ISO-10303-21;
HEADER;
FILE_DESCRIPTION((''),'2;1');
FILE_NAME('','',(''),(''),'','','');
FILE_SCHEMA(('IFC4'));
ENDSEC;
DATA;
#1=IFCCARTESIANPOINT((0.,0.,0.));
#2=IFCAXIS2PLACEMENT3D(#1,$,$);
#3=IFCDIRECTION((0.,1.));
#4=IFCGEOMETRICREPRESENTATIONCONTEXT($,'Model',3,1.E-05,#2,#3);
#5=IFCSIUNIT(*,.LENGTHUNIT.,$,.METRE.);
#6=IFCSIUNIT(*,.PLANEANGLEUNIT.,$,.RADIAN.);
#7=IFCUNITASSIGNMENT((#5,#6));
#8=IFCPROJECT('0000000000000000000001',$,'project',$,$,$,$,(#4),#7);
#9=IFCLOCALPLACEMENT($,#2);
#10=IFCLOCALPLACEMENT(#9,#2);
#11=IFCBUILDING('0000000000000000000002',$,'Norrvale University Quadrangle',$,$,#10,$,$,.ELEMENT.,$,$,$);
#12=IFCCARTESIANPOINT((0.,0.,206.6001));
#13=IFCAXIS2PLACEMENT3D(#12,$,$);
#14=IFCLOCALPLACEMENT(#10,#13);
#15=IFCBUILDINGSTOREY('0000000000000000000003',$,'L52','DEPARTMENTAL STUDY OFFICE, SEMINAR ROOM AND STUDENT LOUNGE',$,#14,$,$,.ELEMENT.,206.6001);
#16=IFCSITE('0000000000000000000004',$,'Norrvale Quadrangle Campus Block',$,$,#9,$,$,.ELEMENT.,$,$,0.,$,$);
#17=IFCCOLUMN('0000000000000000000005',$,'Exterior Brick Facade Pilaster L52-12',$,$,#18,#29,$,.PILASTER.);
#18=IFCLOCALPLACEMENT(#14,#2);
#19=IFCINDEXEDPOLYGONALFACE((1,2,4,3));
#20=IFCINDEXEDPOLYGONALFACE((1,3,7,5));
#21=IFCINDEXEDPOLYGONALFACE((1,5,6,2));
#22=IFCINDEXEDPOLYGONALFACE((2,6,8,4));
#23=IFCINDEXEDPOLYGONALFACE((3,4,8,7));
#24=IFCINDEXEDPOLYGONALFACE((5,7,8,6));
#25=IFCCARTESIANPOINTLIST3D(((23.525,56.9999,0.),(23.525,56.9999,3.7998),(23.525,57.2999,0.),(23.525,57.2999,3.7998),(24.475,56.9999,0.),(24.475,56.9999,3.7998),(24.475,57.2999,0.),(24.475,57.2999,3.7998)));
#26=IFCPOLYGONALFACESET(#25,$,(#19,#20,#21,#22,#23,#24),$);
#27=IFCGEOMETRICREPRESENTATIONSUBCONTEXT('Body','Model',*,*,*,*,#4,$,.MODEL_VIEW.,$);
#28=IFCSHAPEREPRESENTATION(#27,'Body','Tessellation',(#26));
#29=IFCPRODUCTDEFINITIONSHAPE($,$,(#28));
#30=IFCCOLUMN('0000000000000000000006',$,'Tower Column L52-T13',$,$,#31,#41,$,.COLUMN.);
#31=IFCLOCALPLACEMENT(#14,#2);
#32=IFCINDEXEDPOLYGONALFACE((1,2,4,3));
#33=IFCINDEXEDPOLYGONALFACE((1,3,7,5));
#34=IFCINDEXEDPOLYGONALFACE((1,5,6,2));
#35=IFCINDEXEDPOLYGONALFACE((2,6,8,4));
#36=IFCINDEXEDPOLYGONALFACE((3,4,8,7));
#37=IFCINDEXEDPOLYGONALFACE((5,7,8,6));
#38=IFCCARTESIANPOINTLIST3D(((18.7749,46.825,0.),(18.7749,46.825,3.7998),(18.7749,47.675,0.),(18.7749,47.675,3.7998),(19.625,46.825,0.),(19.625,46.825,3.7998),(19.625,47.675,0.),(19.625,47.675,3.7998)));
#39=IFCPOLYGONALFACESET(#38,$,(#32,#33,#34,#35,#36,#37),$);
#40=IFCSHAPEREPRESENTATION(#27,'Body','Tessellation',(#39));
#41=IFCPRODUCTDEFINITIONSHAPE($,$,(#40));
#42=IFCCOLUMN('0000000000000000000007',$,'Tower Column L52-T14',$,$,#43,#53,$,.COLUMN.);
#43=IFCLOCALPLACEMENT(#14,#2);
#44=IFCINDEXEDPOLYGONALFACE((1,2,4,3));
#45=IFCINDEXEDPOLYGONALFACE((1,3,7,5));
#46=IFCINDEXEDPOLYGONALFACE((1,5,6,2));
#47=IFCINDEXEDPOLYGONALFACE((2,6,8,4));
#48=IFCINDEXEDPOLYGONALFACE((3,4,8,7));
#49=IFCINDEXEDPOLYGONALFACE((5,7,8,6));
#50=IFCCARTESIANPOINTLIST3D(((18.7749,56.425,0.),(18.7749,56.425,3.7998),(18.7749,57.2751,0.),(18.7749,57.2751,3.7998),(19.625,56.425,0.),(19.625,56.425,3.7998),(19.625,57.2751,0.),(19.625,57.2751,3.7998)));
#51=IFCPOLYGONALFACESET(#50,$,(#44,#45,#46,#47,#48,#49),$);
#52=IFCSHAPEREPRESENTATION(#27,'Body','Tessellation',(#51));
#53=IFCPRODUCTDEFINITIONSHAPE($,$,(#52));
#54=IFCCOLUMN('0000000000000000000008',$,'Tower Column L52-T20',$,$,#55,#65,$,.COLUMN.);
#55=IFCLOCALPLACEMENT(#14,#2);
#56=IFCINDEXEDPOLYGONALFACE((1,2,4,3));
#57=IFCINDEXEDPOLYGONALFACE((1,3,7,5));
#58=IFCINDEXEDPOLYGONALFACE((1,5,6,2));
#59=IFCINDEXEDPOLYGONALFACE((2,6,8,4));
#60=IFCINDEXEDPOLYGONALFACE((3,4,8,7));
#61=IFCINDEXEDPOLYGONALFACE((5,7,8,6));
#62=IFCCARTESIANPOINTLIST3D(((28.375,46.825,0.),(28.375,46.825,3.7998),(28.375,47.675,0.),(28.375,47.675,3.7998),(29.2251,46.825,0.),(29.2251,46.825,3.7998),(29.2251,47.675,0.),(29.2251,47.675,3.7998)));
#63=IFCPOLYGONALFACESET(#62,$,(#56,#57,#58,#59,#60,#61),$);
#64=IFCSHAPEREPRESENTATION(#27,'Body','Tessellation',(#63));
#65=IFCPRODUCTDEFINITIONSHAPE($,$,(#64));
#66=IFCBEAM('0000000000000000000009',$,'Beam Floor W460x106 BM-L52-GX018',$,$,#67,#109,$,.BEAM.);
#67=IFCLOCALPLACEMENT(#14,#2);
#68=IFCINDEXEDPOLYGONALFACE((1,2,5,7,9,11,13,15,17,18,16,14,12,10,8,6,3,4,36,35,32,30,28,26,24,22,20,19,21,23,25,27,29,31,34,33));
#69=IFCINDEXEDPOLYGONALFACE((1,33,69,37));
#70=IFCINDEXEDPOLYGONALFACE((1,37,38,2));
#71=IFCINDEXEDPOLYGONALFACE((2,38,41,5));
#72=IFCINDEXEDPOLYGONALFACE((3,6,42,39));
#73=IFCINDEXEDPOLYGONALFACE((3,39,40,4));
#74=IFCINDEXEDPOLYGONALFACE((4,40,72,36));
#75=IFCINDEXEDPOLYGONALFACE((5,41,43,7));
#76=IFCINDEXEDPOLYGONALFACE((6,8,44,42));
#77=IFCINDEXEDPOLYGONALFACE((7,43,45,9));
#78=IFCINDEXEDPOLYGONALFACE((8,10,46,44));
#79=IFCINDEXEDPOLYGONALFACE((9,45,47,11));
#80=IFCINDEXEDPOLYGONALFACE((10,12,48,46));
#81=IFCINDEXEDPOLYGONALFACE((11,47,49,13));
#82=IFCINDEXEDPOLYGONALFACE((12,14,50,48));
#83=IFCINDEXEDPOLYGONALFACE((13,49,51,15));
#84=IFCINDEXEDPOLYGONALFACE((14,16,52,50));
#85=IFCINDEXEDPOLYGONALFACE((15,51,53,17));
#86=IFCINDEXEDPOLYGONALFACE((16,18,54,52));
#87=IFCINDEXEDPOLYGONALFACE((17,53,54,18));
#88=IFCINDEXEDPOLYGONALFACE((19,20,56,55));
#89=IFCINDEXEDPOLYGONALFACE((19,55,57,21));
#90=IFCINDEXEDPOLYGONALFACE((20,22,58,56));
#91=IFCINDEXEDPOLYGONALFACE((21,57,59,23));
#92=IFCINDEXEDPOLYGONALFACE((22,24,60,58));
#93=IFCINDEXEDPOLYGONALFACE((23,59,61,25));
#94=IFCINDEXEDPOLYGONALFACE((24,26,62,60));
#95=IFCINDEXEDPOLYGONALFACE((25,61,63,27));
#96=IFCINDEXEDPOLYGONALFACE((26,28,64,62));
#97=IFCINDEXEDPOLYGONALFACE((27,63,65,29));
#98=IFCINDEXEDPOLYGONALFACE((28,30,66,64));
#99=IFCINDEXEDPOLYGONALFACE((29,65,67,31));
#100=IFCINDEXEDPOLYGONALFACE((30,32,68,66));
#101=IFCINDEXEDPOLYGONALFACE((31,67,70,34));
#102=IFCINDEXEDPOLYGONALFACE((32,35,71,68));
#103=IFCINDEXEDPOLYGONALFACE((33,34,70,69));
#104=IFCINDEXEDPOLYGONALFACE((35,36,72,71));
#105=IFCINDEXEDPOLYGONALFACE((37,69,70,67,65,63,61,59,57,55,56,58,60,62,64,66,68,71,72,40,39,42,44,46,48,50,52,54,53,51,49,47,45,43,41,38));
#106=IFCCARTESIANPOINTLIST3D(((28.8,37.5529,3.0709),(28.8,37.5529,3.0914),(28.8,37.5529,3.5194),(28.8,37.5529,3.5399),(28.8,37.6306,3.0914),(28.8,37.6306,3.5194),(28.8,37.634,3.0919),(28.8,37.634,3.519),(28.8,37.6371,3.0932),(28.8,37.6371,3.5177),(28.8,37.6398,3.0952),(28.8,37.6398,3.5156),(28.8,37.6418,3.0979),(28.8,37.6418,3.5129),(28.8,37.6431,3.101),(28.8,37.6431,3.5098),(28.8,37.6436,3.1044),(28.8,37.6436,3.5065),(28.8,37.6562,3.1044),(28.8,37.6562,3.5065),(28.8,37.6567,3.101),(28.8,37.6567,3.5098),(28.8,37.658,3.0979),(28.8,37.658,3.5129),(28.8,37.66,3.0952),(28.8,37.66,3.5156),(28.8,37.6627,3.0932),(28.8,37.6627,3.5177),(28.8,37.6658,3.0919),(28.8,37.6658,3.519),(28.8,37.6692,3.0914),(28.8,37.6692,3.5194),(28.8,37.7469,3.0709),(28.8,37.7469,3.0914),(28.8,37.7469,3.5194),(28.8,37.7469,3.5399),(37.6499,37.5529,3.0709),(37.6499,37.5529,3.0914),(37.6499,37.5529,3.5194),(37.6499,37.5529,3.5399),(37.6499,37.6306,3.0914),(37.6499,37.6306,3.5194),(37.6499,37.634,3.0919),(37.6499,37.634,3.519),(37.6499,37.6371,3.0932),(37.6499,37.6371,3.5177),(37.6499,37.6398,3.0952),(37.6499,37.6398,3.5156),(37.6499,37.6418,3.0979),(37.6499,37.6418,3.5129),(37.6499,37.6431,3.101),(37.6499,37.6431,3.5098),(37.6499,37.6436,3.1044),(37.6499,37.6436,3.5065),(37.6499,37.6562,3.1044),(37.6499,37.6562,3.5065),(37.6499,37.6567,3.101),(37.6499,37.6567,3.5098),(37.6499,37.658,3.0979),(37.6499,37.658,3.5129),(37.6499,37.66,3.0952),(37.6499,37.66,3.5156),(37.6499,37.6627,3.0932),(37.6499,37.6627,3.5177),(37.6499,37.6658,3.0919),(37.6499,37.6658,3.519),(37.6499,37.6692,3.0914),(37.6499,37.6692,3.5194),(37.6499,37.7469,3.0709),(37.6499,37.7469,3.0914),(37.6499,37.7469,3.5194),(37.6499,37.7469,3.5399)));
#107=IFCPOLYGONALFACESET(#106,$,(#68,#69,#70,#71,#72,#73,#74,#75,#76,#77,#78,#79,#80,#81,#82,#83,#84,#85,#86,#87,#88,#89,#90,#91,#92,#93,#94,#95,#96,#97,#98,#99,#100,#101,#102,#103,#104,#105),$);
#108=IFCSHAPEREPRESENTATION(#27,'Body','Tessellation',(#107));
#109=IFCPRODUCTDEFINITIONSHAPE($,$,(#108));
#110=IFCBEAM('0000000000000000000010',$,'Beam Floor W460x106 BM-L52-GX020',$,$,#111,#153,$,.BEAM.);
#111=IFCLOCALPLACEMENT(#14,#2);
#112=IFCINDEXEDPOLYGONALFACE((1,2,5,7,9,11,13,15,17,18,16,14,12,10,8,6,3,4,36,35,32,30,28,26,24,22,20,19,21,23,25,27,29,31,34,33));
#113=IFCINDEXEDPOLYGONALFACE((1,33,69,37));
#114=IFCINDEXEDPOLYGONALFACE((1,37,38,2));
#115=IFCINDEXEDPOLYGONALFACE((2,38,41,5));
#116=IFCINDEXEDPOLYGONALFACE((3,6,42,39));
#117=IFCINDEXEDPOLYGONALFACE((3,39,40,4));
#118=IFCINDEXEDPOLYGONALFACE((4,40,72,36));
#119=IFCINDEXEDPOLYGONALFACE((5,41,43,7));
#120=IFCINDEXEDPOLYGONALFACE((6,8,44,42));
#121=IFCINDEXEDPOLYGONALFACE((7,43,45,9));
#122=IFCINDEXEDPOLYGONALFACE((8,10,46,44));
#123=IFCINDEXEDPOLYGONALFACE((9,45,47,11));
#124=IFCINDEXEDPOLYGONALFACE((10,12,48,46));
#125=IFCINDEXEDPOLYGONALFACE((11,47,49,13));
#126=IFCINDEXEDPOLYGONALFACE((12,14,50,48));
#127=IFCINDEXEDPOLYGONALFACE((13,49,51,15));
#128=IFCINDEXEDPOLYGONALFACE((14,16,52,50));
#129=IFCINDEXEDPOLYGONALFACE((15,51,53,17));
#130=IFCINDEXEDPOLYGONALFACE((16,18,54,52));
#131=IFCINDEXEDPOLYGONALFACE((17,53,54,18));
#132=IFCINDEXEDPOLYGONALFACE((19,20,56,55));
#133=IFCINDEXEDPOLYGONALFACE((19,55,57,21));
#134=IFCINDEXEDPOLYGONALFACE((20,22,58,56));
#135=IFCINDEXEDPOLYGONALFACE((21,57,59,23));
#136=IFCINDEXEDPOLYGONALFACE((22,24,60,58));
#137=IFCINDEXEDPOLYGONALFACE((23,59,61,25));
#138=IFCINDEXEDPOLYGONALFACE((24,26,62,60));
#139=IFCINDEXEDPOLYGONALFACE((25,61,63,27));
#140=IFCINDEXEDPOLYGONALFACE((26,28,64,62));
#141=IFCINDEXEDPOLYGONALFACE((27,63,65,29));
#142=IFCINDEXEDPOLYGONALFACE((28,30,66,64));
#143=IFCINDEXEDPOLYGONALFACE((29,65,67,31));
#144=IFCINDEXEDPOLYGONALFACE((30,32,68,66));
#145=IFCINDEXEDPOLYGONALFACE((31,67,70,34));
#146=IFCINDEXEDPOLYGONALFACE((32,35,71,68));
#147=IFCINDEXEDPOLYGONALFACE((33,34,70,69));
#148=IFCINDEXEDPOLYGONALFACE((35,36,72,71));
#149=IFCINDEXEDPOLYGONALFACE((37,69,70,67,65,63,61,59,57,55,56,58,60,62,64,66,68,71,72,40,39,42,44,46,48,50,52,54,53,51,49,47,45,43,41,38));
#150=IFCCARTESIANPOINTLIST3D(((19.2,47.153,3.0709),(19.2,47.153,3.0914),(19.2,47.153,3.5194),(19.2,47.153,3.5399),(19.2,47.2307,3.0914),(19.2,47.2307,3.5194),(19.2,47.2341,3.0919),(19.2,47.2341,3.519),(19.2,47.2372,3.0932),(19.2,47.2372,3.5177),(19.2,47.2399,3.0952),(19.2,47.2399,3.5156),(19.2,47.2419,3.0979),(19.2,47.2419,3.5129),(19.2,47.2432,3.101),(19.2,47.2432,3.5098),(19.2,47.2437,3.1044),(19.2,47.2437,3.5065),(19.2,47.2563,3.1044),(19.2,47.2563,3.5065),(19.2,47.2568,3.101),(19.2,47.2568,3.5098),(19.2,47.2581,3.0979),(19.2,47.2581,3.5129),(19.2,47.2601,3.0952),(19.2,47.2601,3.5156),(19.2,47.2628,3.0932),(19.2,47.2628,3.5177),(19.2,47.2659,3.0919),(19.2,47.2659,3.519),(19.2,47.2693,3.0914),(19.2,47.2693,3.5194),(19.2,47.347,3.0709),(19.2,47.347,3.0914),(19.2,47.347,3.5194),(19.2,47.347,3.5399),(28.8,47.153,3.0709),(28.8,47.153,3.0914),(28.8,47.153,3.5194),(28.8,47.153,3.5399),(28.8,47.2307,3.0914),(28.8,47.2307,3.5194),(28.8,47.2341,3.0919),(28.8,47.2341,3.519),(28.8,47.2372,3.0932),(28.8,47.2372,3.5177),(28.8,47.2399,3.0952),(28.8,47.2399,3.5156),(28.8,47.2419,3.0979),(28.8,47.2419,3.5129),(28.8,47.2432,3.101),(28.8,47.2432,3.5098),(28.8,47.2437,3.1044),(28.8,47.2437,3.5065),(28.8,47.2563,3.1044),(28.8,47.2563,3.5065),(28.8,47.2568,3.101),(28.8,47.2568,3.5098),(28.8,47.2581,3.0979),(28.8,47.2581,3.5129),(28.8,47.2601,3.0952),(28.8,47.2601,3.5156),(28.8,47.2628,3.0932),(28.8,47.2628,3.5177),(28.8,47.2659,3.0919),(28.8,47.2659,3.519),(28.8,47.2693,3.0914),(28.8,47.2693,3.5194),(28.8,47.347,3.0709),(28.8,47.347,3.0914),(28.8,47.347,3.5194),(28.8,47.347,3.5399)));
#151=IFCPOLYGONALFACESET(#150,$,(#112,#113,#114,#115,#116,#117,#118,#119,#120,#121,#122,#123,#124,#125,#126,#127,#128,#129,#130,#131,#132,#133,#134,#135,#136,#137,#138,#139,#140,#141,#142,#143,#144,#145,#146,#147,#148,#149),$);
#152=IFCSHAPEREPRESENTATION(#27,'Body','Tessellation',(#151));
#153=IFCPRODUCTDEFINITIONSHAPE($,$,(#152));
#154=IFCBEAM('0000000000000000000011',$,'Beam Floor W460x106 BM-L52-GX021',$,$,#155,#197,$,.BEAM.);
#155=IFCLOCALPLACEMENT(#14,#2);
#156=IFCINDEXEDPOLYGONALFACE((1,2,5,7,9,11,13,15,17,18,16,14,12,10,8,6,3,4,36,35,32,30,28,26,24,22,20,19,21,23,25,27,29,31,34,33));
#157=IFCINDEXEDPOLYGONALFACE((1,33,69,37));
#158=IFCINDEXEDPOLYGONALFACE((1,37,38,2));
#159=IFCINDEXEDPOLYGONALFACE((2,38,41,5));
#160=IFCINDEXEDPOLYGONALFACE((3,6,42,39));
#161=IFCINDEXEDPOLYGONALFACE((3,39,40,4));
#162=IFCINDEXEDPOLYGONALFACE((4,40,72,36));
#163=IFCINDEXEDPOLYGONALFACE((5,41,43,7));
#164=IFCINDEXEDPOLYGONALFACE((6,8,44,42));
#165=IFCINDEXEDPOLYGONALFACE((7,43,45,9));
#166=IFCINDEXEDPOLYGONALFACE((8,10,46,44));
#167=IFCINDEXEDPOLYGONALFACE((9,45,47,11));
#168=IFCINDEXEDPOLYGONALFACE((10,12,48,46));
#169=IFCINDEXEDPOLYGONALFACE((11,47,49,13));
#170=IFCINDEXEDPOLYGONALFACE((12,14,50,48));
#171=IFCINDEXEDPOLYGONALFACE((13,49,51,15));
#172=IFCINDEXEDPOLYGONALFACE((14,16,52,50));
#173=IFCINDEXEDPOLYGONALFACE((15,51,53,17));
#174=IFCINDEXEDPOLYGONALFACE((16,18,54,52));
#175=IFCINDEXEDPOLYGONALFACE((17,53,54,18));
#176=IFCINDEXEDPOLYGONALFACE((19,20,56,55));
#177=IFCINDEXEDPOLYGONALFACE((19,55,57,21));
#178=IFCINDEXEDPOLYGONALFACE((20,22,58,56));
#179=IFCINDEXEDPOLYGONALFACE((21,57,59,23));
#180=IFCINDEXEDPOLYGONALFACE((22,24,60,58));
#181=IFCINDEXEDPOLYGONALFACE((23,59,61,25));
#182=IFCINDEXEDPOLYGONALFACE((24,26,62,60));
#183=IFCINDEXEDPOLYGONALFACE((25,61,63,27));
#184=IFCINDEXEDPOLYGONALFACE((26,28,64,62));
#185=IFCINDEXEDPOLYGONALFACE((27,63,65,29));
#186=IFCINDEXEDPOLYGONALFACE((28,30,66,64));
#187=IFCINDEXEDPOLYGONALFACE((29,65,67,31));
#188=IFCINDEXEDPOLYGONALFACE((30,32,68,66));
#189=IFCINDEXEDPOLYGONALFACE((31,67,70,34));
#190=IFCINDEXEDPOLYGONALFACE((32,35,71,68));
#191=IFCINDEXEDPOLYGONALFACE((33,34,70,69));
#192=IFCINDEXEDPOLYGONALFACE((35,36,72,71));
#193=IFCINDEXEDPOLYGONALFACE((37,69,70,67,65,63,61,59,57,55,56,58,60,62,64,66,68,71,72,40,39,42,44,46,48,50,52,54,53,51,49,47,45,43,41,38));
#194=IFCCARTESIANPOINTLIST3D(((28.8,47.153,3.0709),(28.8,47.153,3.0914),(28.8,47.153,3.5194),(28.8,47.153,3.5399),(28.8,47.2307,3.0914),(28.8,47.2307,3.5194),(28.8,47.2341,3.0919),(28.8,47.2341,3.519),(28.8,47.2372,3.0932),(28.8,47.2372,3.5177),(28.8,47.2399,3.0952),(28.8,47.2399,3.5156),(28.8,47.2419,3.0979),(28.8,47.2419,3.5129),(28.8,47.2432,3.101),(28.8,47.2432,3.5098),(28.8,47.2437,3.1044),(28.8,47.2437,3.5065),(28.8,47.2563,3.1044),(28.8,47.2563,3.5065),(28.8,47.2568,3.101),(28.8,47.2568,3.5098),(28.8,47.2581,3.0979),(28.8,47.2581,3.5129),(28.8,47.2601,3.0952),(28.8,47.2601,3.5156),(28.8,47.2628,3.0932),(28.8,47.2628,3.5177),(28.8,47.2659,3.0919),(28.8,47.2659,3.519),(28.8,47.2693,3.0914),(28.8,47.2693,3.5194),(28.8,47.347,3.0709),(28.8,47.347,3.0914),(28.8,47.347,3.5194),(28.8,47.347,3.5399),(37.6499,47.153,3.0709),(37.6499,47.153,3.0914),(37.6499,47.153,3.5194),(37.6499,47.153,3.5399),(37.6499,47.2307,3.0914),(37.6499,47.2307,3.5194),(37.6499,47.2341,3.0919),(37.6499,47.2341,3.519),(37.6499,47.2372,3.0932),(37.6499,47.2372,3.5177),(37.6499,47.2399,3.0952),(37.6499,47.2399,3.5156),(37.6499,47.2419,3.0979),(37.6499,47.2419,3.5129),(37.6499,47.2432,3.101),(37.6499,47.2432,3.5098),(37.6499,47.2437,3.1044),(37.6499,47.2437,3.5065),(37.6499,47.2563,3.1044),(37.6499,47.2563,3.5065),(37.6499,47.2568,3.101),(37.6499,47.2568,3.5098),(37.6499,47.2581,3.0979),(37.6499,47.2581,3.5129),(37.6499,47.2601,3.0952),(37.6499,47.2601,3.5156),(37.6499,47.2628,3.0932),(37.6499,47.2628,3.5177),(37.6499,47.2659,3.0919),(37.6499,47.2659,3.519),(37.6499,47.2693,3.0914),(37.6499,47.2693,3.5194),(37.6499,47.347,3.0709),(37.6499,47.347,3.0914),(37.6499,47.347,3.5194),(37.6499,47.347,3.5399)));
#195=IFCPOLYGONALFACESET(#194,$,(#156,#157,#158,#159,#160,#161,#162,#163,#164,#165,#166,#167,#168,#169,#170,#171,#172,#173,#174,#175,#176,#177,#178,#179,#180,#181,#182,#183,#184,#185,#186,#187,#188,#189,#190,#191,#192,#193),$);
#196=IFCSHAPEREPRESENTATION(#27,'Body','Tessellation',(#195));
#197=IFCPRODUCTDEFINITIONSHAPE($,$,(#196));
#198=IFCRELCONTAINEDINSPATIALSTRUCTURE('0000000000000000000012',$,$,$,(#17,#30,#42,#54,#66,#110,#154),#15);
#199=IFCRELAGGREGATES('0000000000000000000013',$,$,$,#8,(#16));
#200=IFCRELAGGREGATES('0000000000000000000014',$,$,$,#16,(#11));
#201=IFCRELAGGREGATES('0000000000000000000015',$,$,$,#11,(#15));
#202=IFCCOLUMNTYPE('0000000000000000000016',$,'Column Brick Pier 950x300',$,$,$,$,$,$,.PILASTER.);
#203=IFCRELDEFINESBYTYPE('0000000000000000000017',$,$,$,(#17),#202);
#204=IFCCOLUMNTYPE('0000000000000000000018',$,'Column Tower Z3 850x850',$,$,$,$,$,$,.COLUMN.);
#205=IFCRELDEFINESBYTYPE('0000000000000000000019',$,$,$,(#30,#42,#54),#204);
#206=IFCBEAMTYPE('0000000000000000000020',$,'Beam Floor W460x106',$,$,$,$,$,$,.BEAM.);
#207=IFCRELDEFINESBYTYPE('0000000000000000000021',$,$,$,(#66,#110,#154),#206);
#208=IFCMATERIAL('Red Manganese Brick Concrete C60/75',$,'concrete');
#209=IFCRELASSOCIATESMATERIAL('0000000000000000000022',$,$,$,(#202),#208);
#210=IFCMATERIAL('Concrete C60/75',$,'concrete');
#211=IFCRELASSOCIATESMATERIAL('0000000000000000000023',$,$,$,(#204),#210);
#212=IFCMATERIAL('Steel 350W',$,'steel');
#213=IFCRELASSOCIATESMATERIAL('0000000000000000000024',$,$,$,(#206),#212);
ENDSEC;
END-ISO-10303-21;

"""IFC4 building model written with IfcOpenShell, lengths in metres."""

from ifc_helpers import new_model, si_unit, direction, frame, origin, origin_2d, place, context, subcontext, project, spatial, rectangle, i_section, extrude, material, material_profile, profile_set, type_object, element, save


model = new_model("IFC4")

# Units and contexts
model_context = context("Model", 3, precision=1e-05, world=origin(), true_north=direction((0.0, 1.0)))
body_context = subcontext(model_context, "Body", "Model", "MODEL_VIEW")
ifc_project = project(units=[si_unit("LENGTHUNIT", "METRE"), si_unit("PLANEANGLEUNIT", "RADIAN")], contexts=[model_context])

# Site, building, storey
site_placement = place(None, origin())
site = spatial("IfcSite", under=ifc_project, at=site_placement, Name="Norrvale Quadrangle Campus Block", CompositionType="ELEMENT", RefElevation=0.0)
building_placement = place(site_placement, origin())
building = spatial("IfcBuilding", under=site, at=building_placement, Name="Norrvale University Quadrangle", CompositionType="ELEMENT")
storey_placement = place(building_placement, frame((0.0, 0.0, 206.6001)))
storey = spatial("IfcBuildingStorey", under=building, at=storey_placement, Name="L52", Description="DEPARTMENTAL STUDY OFFICE, SEMINAR ROOM AND STUDENT LOUNGE", CompositionType="ELEMENT", Elevation=206.6001)

# Columns
ifc_material_1 = material(Name="Red Manganese Brick Concrete C60/75", Category="concrete")
ifc_material_profile_1 = material_profile(ifc_material_1, rectangle(XDim=0.95, YDim=0.3, at=origin_2d()), Name="Red Manganese Brick Concrete C60/75")
ifc_profile_set_1 = profile_set([ifc_material_profile_1], Name="Red Manganese Brick Concrete C60/75")
column_type_1 = type_object("IfcColumnType", Name="Column Brick Pier 950x300", PredefinedType="PILASTER", material=ifc_profile_set_1)
column_placement = place(storey_placement, frame((24.0, 57.1499, 0.0), z_axis=(0.0, 0.0, 1.0), x_axis=(1.0, 0.0, 0.0)))
element("IfcColumn", 1, at=column_placement, inside=storey, type_object=column_type_1, Name="Exterior Brick Facade Pilaster L52-12", PredefinedType="PILASTER", context=body_context, shape_type="SweptSolid", body=[
    extrude(rectangle(XDim=0.95, YDim=0.3, at=origin_2d()), origin(), (0.0, 0.0, 1.0), 3.7998),
])
ifc_material_2 = material(Name="Concrete C60/75", Category="concrete")
ifc_material_profile_2 = material_profile(ifc_material_2, rectangle(XDim=0.8501, YDim=0.8501, at=origin_2d()), Name="Concrete C60/75")
ifc_profile_set_2 = profile_set([ifc_material_profile_2], Name="Concrete C60/75")
column_type_2 = type_object("IfcColumnType", Name="Column Tower Z3 850x850", PredefinedType="COLUMN", material=ifc_profile_set_2)
for number, where, z_axis, x_axis, name in (
    (2, (19.2, 47.25, 0.0), (0.0, 0.0, 1.0), (1.0, 0.0, 0.0), "Tower Column L52-T13"),
    (3, (19.2, 56.8501, 0.0), (0.0, 0.0, 1.0), (1.0, 0.0, 0.0), "Tower Column L52-T14"),
    (4, (28.8, 47.25, 0.0), (0.0, 0.0, 1.0), (1.0, 0.0, 0.0), "Tower Column L52-T20"),
):
    element("IfcColumn", number, at=place(storey_placement, frame(where, z_axis=z_axis, x_axis=x_axis)), inside=storey, type_object=column_type_2, Name=name, PredefinedType="COLUMN", context=body_context, shape_type="SweptSolid", body=[
        extrude(rectangle(XDim=0.8501, YDim=0.8501, at=origin_2d()), origin(), (0.0, 0.0, 1.0), 3.7998),
    ])

# Beams
ifc_material_3 = material(Name="Steel 350W", Category="steel")
ifc_material_profile_3 = material_profile(ifc_material_3, i_section(OverallWidth=0.1941, OverallDepth=0.469, WebThickness=0.0127, FlangeThickness=0.0205, FilletRadius=0.0129, at=origin_2d()), Name="Steel 350W")
ifc_profile_set_3 = profile_set([ifc_material_profile_3], Name="Steel 350W")
beam_type_1 = type_object("IfcBeamType", Name="Beam Floor W460x106", PredefinedType="BEAM", material=ifc_profile_set_3)
beam_1_placement = place(storey_placement, frame((28.8, 37.6499, 3.3054), z_axis=(1.0, 0.0, 0.0), x_axis=(0.0, 1.0, 0.0)))
element("IfcBeam", 5, at=beam_1_placement, inside=storey, type_object=beam_type_1, Name="Beam Floor W460x106 BM-L52-GX018", PredefinedType="BEAM", context=body_context, shape_type="SweptSolid", body=[
    extrude(i_section(OverallWidth=0.1941, OverallDepth=0.469, WebThickness=0.0127, FlangeThickness=0.0205, FilletRadius=0.0129, at=origin_2d()), origin(), (0.0, 0.0, 1.0), 8.8499),
])
beam_2_placement = place(storey_placement, frame((19.2, 47.25, 3.3054), z_axis=(1.0, 0.0, 0.0), x_axis=(0.0, 1.0, 0.0)))
element("IfcBeam", 6, at=beam_2_placement, inside=storey, type_object=beam_type_1, Name="Beam Floor W460x106 BM-L52-GX020", PredefinedType="BEAM", context=body_context, shape_type="SweptSolid", body=[
    extrude(i_section(OverallWidth=0.1941, OverallDepth=0.469, WebThickness=0.0127, FlangeThickness=0.0205, FilletRadius=0.0129, at=origin_2d()), origin(), (0.0, 0.0, 1.0), 9.6001),
])
beam_3_placement = place(storey_placement, frame((28.8, 47.25, 3.3054), z_axis=(1.0, 0.0, 0.0), x_axis=(0.0, 1.0, 0.0)))
element("IfcBeam", 7, at=beam_3_placement, inside=storey, type_object=beam_type_1, Name="Beam Floor W460x106 BM-L52-GX021", PredefinedType="BEAM", context=body_context, shape_type="SweptSolid", body=[
    extrude(i_section(OverallWidth=0.1941, OverallDepth=0.469, WebThickness=0.0127, FlangeThickness=0.0205, FilletRadius=0.0129, at=origin_2d()), origin(), (0.0, 0.0, 1.0), 8.8499),
])

save(model, "model.ifc")
